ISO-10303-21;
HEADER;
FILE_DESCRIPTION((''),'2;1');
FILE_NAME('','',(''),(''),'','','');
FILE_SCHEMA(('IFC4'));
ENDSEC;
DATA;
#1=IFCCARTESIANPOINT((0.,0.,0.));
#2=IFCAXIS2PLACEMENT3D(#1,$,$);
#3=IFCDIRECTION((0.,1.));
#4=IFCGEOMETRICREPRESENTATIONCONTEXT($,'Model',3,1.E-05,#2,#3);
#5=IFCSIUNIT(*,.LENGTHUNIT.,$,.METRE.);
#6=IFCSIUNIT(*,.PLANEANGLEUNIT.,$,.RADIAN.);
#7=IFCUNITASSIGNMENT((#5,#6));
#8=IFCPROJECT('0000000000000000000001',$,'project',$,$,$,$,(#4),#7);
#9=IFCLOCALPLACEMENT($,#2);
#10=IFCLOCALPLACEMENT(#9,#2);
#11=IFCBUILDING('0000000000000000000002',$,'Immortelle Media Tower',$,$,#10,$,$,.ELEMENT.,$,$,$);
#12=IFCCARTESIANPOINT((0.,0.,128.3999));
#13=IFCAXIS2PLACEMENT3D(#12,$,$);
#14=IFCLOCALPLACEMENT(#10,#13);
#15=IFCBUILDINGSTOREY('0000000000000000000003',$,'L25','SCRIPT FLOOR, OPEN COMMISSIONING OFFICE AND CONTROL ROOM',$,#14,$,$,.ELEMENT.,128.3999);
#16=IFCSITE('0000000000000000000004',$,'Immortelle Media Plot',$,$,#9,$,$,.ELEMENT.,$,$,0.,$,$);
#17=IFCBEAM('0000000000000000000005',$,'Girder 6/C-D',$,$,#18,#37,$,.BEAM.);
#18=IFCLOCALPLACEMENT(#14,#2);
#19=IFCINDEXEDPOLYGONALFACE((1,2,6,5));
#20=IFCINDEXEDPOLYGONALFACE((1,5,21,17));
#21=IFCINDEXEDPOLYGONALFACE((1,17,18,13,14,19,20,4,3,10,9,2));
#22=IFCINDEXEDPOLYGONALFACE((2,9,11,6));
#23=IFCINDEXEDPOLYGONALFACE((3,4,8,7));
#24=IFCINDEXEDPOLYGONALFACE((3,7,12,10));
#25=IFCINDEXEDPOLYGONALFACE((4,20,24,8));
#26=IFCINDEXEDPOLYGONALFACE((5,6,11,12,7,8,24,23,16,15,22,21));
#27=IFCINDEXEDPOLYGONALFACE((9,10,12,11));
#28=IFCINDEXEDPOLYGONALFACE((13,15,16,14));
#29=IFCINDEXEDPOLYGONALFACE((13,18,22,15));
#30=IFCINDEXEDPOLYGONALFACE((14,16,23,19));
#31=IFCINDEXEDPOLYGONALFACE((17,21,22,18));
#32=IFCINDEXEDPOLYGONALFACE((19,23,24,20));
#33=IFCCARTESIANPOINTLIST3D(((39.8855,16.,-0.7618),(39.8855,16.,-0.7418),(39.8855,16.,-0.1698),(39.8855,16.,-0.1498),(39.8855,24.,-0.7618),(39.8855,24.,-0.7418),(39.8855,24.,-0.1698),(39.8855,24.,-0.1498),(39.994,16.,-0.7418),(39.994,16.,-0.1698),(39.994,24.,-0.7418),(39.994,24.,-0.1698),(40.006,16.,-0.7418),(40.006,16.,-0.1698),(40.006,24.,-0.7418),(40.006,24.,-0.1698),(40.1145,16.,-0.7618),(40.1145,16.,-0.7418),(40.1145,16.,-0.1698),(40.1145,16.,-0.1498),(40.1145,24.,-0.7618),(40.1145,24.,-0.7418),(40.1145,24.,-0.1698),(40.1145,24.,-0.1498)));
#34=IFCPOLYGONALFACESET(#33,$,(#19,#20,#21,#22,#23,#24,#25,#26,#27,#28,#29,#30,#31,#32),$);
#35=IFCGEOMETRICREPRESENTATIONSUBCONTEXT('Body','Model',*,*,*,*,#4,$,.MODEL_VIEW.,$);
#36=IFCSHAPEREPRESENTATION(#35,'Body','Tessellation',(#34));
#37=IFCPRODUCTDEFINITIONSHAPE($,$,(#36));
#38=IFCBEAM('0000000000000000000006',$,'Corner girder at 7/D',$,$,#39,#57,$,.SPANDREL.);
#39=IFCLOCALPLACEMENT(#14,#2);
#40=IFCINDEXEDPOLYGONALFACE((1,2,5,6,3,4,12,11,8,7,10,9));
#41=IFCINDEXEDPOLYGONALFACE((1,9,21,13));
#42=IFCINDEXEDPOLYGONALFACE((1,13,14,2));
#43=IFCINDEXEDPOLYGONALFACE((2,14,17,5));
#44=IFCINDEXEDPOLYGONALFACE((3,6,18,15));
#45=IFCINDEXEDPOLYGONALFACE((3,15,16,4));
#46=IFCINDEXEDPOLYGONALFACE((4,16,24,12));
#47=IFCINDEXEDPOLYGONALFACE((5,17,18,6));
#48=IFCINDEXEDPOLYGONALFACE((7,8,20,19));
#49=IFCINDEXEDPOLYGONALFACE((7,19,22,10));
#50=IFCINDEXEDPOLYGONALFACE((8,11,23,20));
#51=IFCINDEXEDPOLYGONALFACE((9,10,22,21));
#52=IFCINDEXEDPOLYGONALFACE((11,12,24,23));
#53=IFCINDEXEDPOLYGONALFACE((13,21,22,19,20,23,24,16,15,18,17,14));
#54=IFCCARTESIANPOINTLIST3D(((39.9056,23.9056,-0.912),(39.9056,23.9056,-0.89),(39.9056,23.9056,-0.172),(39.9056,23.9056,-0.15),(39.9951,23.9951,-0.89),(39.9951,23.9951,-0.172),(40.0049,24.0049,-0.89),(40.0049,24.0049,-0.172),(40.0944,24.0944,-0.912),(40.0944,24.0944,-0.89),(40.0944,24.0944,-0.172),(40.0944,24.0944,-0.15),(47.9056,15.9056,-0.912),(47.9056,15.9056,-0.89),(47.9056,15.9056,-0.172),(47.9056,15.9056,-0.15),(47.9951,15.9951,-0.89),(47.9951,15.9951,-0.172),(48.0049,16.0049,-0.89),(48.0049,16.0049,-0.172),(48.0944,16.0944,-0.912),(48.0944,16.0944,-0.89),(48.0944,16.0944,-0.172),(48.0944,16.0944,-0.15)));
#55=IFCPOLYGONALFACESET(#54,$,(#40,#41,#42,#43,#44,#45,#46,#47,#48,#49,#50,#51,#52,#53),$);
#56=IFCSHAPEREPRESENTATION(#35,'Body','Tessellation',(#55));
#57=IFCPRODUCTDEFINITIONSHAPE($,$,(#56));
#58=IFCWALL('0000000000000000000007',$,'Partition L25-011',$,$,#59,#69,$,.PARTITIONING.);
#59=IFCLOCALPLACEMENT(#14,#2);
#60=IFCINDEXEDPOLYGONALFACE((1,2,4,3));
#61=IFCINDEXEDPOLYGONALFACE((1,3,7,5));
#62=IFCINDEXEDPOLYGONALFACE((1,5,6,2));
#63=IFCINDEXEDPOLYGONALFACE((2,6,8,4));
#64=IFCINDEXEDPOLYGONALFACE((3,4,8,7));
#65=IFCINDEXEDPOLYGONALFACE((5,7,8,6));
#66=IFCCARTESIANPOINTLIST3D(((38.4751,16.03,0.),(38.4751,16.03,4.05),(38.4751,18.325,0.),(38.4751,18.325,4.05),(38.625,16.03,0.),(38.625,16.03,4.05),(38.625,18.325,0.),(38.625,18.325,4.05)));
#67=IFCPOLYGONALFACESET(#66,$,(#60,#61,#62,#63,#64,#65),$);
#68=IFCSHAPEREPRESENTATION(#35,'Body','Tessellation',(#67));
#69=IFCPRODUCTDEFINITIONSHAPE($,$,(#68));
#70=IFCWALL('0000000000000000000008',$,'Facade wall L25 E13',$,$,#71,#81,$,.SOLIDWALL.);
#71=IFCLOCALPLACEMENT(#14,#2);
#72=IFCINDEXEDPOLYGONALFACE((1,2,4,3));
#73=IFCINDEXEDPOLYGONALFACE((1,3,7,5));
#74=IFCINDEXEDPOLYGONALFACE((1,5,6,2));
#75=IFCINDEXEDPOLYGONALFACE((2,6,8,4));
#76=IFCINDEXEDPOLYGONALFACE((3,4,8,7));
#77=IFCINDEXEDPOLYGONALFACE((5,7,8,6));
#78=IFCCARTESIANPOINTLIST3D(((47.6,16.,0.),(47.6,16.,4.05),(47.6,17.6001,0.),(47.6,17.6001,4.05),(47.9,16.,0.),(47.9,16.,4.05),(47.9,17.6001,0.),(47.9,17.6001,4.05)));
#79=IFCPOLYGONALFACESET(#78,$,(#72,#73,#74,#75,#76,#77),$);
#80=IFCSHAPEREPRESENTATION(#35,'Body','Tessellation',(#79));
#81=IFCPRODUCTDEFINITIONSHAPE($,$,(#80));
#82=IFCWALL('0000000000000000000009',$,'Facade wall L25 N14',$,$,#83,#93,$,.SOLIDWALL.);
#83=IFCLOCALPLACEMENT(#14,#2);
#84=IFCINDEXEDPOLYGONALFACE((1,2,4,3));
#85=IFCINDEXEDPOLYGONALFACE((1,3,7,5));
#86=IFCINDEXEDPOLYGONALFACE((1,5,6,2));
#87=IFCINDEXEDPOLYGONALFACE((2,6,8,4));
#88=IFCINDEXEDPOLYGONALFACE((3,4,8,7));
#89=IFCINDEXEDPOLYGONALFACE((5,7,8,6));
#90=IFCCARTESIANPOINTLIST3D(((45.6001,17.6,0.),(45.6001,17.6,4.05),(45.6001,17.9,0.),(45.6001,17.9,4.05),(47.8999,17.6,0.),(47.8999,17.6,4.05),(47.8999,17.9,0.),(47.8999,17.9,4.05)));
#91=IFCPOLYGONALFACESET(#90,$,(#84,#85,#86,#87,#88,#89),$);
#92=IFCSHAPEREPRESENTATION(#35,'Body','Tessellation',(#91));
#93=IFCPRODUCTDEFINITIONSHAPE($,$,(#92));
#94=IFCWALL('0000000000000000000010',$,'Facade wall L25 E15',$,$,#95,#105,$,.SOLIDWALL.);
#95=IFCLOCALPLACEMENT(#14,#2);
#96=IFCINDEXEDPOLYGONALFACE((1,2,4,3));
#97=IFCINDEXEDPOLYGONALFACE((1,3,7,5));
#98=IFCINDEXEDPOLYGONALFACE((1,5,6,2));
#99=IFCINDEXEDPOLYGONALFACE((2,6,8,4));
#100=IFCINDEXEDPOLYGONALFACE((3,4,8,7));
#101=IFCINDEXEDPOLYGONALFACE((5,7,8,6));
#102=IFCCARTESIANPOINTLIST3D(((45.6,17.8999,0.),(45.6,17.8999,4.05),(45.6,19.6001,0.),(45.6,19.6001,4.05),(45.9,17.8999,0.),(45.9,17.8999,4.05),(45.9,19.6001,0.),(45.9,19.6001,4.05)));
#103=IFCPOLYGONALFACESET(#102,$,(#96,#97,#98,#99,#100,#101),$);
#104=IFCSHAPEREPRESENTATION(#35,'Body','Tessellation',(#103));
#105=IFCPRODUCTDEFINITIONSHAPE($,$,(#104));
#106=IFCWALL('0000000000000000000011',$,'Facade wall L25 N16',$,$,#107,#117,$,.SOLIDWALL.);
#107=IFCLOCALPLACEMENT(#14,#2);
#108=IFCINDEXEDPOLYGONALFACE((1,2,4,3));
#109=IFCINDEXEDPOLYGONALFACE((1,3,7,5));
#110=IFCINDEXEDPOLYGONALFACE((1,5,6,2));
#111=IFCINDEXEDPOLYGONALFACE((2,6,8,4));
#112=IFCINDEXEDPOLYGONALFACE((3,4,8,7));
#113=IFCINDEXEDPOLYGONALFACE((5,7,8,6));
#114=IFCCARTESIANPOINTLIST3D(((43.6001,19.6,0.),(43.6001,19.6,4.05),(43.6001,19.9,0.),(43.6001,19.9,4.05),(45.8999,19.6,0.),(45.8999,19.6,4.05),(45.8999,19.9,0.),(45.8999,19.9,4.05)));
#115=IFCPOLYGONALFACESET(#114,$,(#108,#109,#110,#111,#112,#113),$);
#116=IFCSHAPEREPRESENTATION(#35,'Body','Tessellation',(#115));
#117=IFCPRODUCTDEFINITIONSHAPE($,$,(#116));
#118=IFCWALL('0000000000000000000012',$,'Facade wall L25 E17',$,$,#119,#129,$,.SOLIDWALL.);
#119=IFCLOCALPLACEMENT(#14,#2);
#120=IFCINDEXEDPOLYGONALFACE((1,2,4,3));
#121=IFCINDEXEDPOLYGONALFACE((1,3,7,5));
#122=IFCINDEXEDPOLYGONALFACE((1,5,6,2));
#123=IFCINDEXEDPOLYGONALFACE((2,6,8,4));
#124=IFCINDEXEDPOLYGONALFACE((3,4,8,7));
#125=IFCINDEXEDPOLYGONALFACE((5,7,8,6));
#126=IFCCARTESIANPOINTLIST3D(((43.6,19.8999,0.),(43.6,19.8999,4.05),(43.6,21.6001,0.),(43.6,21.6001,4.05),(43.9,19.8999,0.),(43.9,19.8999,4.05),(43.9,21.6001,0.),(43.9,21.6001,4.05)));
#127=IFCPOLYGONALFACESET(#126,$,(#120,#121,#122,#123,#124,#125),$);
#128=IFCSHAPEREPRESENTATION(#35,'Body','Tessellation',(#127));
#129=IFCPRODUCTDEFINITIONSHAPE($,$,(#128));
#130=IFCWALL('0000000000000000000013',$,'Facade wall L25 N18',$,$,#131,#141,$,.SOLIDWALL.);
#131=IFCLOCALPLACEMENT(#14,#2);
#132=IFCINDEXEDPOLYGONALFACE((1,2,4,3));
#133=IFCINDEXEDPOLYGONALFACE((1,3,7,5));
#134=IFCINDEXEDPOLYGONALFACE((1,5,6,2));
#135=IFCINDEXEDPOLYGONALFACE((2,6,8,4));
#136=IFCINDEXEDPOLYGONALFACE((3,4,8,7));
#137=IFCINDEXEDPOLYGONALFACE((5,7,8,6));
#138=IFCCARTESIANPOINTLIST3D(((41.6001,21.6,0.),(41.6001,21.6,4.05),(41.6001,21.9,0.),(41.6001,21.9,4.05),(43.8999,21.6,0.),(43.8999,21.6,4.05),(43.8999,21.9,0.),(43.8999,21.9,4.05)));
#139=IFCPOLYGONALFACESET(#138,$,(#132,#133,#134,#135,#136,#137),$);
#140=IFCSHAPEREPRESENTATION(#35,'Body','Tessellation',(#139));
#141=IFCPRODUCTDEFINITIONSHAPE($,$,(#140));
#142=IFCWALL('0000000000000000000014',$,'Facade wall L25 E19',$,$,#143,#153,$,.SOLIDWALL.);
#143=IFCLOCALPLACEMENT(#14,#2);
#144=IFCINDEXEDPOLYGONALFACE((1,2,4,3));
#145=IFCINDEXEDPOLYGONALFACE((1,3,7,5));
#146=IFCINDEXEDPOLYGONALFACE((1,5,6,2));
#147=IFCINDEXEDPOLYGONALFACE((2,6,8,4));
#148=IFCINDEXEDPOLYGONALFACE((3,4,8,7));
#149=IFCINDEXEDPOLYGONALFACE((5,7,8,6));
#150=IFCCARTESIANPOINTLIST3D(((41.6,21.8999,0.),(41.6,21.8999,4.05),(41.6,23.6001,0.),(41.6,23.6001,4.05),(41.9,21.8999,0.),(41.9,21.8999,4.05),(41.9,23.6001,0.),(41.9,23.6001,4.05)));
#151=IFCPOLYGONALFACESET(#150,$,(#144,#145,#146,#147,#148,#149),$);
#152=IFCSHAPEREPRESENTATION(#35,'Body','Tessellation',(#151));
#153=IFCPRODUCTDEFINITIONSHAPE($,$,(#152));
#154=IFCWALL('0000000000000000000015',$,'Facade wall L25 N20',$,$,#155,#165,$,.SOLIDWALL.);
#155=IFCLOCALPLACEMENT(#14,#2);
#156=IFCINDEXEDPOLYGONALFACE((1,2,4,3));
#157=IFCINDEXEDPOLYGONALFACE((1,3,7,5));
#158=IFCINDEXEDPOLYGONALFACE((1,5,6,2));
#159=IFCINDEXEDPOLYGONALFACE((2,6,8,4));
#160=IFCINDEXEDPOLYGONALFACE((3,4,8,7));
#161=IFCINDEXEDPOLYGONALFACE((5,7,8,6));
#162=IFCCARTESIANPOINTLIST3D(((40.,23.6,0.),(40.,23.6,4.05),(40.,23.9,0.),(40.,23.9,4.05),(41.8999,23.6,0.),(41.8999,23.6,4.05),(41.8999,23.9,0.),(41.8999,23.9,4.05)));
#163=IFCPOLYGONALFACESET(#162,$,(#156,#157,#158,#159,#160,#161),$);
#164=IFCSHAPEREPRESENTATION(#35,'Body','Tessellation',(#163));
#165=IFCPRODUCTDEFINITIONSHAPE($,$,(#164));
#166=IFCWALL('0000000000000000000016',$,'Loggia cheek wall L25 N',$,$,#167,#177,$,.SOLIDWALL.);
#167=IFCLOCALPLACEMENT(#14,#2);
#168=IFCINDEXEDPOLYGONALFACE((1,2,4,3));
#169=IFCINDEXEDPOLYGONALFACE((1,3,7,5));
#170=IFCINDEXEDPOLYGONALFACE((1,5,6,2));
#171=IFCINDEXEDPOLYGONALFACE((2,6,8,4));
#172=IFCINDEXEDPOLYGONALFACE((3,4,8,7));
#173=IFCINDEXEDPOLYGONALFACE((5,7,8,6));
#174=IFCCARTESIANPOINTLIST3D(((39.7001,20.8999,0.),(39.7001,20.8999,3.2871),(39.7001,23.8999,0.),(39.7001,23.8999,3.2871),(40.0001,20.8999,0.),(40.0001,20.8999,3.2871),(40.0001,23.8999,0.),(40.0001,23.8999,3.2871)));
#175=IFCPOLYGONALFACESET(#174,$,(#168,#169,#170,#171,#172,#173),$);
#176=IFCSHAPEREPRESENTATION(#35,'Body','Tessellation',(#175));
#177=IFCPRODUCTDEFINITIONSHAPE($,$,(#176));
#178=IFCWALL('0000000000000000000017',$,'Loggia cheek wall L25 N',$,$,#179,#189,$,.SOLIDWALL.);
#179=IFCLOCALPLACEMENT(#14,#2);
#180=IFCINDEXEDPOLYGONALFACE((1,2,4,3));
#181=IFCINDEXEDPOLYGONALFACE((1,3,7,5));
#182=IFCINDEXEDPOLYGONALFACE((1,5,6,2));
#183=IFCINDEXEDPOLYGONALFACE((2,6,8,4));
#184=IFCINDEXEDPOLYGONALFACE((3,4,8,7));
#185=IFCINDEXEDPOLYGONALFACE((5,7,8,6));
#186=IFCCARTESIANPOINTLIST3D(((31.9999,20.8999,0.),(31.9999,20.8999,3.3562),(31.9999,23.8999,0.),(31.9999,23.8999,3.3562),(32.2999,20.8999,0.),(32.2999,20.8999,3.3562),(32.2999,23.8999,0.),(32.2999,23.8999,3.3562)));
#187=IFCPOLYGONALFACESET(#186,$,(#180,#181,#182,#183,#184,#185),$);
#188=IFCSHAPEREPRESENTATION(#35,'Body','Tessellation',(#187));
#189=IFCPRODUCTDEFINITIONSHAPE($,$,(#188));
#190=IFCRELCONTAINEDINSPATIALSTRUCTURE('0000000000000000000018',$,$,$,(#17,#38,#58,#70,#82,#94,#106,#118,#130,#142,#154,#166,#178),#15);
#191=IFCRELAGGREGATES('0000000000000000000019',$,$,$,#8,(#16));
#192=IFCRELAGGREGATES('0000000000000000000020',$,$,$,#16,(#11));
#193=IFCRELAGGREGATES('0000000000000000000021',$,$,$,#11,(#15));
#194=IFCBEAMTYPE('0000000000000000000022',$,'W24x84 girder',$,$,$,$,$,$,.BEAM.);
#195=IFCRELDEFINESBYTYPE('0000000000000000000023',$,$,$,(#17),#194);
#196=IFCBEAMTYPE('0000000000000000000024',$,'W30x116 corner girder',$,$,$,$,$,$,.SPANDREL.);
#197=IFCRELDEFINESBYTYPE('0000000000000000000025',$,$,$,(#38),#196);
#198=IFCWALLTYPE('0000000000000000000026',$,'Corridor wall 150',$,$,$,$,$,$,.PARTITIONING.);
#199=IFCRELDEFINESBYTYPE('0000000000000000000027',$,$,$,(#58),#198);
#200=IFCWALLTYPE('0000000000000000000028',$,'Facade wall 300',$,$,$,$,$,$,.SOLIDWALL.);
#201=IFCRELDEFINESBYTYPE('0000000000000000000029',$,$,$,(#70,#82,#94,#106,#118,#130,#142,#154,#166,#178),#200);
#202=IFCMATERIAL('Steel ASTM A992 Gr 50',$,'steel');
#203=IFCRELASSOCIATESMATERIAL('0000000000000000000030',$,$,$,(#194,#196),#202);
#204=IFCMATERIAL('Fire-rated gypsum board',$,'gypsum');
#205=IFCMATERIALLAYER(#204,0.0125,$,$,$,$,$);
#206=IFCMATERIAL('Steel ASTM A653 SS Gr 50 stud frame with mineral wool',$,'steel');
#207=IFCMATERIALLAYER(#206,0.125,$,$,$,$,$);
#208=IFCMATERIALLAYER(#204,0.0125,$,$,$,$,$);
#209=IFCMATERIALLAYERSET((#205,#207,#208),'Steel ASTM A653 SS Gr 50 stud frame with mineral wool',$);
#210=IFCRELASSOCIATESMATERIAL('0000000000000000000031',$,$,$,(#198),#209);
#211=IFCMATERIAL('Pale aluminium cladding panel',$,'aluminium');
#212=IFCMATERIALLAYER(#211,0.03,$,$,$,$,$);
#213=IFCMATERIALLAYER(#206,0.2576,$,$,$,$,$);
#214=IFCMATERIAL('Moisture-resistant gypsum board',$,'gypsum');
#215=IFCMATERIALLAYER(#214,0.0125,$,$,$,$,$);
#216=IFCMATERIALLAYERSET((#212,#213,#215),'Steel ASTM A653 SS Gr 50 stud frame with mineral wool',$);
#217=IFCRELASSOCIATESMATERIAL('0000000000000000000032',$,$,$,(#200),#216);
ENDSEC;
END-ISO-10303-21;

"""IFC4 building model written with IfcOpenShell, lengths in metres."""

from ifc_helpers import new_model, si_unit, direction, frame, frame_2d, origin, origin_2d, place, context, subcontext, project, spatial, rectangle, i_section, extrude, material, layer, layer_set, material_profile, profile_set, type_object, element, save


model = new_model("IFC4")

# Units and contexts
model_context = context("Model", 3, precision=1e-05, world=origin(), true_north=direction((0.0, 1.0)))
body_context = subcontext(model_context, "Body", "Model", "MODEL_VIEW")
ifc_project = project(units=[si_unit("LENGTHUNIT", "METRE"), si_unit("PLANEANGLEUNIT", "RADIAN")], contexts=[model_context])

# Site, building, storey
site_placement = place(None, origin())
site = spatial("IfcSite", under=ifc_project, at=site_placement, Name="Immortelle Media Plot", CompositionType="ELEMENT", RefElevation=0.0)
building_placement = place(site_placement, origin())
building = spatial("IfcBuilding", under=site, at=building_placement, Name="Immortelle Media Tower", CompositionType="ELEMENT")
storey_placement = place(building_placement, frame((0.0, 0.0, 128.3999)))
storey = spatial("IfcBuildingStorey", under=building, at=storey_placement, Name="L25", Description="SCRIPT FLOOR, OPEN COMMISSIONING OFFICE AND CONTROL ROOM", CompositionType="ELEMENT", Elevation=128.3999)

# Shared definitions
ifc_material_1 = material(Name="Steel ASTM A992 Gr 50", Category="steel")

# Beams
ifc_material_profile_1 = material_profile(ifc_material_1, i_section(OverallWidth=0.229, OverallDepth=0.6121, WebThickness=0.012, FlangeThickness=0.02, at=origin_2d()), Name="W24x84")
ifc_profile_set_1 = profile_set([ifc_material_profile_1], Name="Steel ASTM A992 Gr 50")
beam_type_1 = type_object("IfcBeamType", Name="W24x84 girder", PredefinedType="BEAM", material=ifc_profile_set_1)
for number, where, z_axis, x_axis, name in (
    (1, (40.0, 16.0, -0.4558), (0.0, 1.0, 0.0), (-1.0, 0.0, 0.0), "Girder 6/C-D"),
):
    element("IfcBeam", number, at=place(storey_placement, frame(where, z_axis=z_axis, x_axis=x_axis)), inside=storey, type_object=beam_type_1, Name=name, PredefinedType="BEAM", context=body_context, shape_type="SweptSolid", body=[
        extrude(i_section(OverallWidth=0.229, OverallDepth=0.6121, WebThickness=0.012, FlangeThickness=0.02, at=origin_2d()), origin(), (0.0, 0.0, 1.0), 8.0),
    ])
ifc_material_profile_2 = material_profile(ifc_material_1, i_section(OverallWidth=0.2671, OverallDepth=0.762, WebThickness=0.0139, FlangeThickness=0.022, at=origin_2d()), Name="W30x116")
ifc_profile_set_2 = profile_set([ifc_material_profile_2], Name="Steel ASTM A992 Gr 50")
beam_type_2 = type_object("IfcBeamType", Name="W30x116 corner girder", PredefinedType="SPANDREL", material=ifc_profile_set_2)
beam_1_placement = place(storey_placement, frame((40.0, 24.0, -0.531), z_axis=(0.707107, -0.707107, 0.0), x_axis=(0.707107, 0.707107, 0.0)))
element("IfcBeam", 2, at=beam_1_placement, inside=storey, type_object=beam_type_2, Name="Corner girder at 7/D", PredefinedType="SPANDREL", context=body_context, shape_type="SweptSolid", body=[
    extrude(i_section(OverallWidth=0.2671, OverallDepth=0.762, WebThickness=0.0139, FlangeThickness=0.022, at=origin_2d()), origin(), (0.0, 0.0, 1.0), 11.3137),
])

# Walls
ifc_material_2 = material(Name="Fire-rated gypsum board", Category="gypsum")
ifc_layer_1 = layer(ifc_material_2, 0.0125)
ifc_material_3 = material(Name="Steel ASTM A653 SS Gr 50 stud frame with mineral wool", Category="steel")
ifc_layer_2 = layer(ifc_material_3, 0.125)
ifc_layer_3 = layer(ifc_material_2, 0.0125)
ifc_layer_set_1 = layer_set([ifc_layer_1, ifc_layer_2, ifc_layer_3], Name="Steel ASTM A653 SS Gr 50 stud frame with mineral wool")
wall_type_1 = type_object("IfcWallType", Name="Corridor wall 150", PredefinedType="PARTITIONING", material=ifc_layer_set_1)
wall_1_placement = place(storey_placement, frame((38.55, 16.03, 0.0), z_axis=(0.0, 0.0, 1.0), x_axis=(0.0, 1.0, 0.0)))
element("IfcWall", 3, at=wall_1_placement, inside=storey, type_object=wall_type_1, Name="Partition L25-011", PredefinedType="PARTITIONING", context=body_context, shape_type="SweptSolid", body=[
    extrude(rectangle(XDim=2.2949, YDim=0.1499, at=frame_2d((1.1475, 0.0))), origin(), (0.0, 0.0, 1.0), 4.05),
])
ifc_material_4 = material(Name="Pale aluminium cladding panel", Category="aluminium")
ifc_layer_4 = layer(ifc_material_4, 0.03)
ifc_layer_5 = layer(ifc_material_3, 0.2576)
ifc_material_5 = material(Name="Moisture-resistant gypsum board", Category="gypsum")
ifc_layer_6 = layer(ifc_material_5, 0.0125)
ifc_layer_set_2 = layer_set([ifc_layer_4, ifc_layer_5, ifc_layer_6], Name="Steel ASTM A653 SS Gr 50 stud frame with mineral wool")
wall_type_2 = type_object("IfcWallType", Name="Facade wall 300", PredefinedType="SOLIDWALL", material=ifc_layer_set_2)
wall_2_placement = place(storey_placement, frame((47.75, 16.0, 0.0), z_axis=(0.0, 0.0, 1.0), x_axis=(0.0, 1.0, 0.0)))
element("IfcWall", 4, at=wall_2_placement, inside=storey, type_object=wall_type_2, Name="Facade wall L25 E13", PredefinedType="SOLIDWALL", context=body_context, shape_type="SweptSolid", body=[
    extrude(rectangle(XDim=1.6001, YDim=0.3, at=frame_2d((0.8, 0.0))), origin(), (0.0, 0.0, 1.0), 4.05),
])
wall_3_placement = place(storey_placement, frame((47.8999, 17.75, 0.0), z_axis=(0.0, 0.0, 1.0), x_axis=(-1.0, 0.0, 0.0)))
element("IfcWall", 5, at=wall_3_placement, inside=storey, type_object=wall_type_2, Name="Facade wall L25 N14", PredefinedType="SOLIDWALL", context=body_context, shape_type="SweptSolid", body=[
    extrude(rectangle(XDim=2.2998, YDim=0.3, at=frame_2d((1.1499, 0.0))), origin(), (0.0, 0.0, 1.0), 4.05),
])
wall_4_placement = place(storey_placement, frame((45.75, 17.8999, 0.0), z_axis=(0.0, 0.0, 1.0), x_axis=(0.0, 1.0, 0.0)))
element("IfcWall", 6, at=wall_4_placement, inside=storey, type_object=wall_type_2, Name="Facade wall L25 E15", PredefinedType="SOLIDWALL", context=body_context, shape_type="SweptSolid", body=[
    extrude(rectangle(XDim=1.7002, YDim=0.3, at=frame_2d((0.8501, 0.0))), origin(), (0.0, 0.0, 1.0), 4.05),
])
wall_5_placement = place(storey_placement, frame((45.8999, 19.75, 0.0), z_axis=(0.0, 0.0, 1.0), x_axis=(-1.0, 0.0, 0.0)))
element("IfcWall", 7, at=wall_5_placement, inside=storey, type_object=wall_type_2, Name="Facade wall L25 N16", PredefinedType="SOLIDWALL", context=body_context, shape_type="SweptSolid", body=[
    extrude(rectangle(XDim=2.2998, YDim=0.3, at=frame_2d((1.1499, 0.0))), origin(), (0.0, 0.0, 1.0), 4.05),
])
wall_6_placement = place(storey_placement, frame((43.75, 19.8999, 0.0), z_axis=(0.0, 0.0, 1.0), x_axis=(0.0, 1.0, 0.0)))
element("IfcWall", 8, at=wall_6_placement, inside=storey, type_object=wall_type_2, Name="Facade wall L25 E17", PredefinedType="SOLIDWALL", context=body_context, shape_type="SweptSolid", body=[
    extrude(rectangle(XDim=1.7002, YDim=0.3, at=frame_2d((0.8501, 0.0))), origin(), (0.0, 0.0, 1.0), 4.05),
])
wall_7_placement = place(storey_placement, frame((43.8999, 21.75, 0.0), z_axis=(0.0, 0.0, 1.0), x_axis=(-1.0, 0.0, 0.0)))
element("IfcWall", 9, at=wall_7_placement, inside=storey, type_object=wall_type_2, Name="Facade wall L25 N18", PredefinedType="SOLIDWALL", context=body_context, shape_type="SweptSolid", body=[
    extrude(rectangle(XDim=2.2998, YDim=0.3, at=frame_2d((1.1499, 0.0))), origin(), (0.0, 0.0, 1.0), 4.05),
])
wall_8_placement = place(storey_placement, frame((41.75, 21.8999, 0.0), z_axis=(0.0, 0.0, 1.0), x_axis=(0.0, 1.0, 0.0)))
element("IfcWall", 10, at=wall_8_placement, inside=storey, type_object=wall_type_2, Name="Facade wall L25 E19", PredefinedType="SOLIDWALL", context=body_context, shape_type="SweptSolid", body=[
    extrude(rectangle(XDim=1.7002, YDim=0.3, at=frame_2d((0.8501, 0.0))), origin(), (0.0, 0.0, 1.0), 4.05),
])
wall_9_placement = place(storey_placement, frame((41.8999, 23.75, 0.0), z_axis=(0.0, 0.0, 1.0), x_axis=(-1.0, 0.0, 0.0)))
element("IfcWall", 11, at=wall_9_placement, inside=storey, type_object=wall_type_2, Name="Facade wall L25 N20", PredefinedType="SOLIDWALL", context=body_context, shape_type="SweptSolid", body=[
    extrude(rectangle(XDim=1.8999, YDim=0.3, at=frame_2d((0.95, 0.0))), origin(), (0.0, 0.0, 1.0), 4.05),
])

# Walls
wall_10_placement = place(storey_placement, frame((39.8501, 23.8999, 0.0), z_axis=(0.0, 0.0, 1.0), x_axis=(0.0, -1.0, 0.0)))
element("IfcWall", 12, at=wall_10_placement, inside=storey, type_object=wall_type_2, Name="Loggia cheek wall L25 N", PredefinedType="SOLIDWALL", context=body_context, shape_type="SweptSolid", body=[
    extrude(rectangle(XDim=3.0, YDim=0.3, at=frame_2d((1.5, 0.0))), origin(), (0.0, 0.0, 1.0), 3.2871),
])
wall_11_placement = place(storey_placement, frame((32.1499, 23.8999, 0.0), z_axis=(0.0, 0.0, 1.0), x_axis=(0.0, -1.0, 0.0)))
element("IfcWall", 13, at=wall_11_placement, inside=storey, type_object=wall_type_2, Name="Loggia cheek wall L25 N", PredefinedType="SOLIDWALL", context=body_context, shape_type="SweptSolid", body=[
    extrude(rectangle(XDim=3.0, YDim=0.3, at=frame_2d((1.5, 0.0))), origin(), (0.0, 0.0, 1.0), 3.3562),
])

save(model, "model.ifc")
